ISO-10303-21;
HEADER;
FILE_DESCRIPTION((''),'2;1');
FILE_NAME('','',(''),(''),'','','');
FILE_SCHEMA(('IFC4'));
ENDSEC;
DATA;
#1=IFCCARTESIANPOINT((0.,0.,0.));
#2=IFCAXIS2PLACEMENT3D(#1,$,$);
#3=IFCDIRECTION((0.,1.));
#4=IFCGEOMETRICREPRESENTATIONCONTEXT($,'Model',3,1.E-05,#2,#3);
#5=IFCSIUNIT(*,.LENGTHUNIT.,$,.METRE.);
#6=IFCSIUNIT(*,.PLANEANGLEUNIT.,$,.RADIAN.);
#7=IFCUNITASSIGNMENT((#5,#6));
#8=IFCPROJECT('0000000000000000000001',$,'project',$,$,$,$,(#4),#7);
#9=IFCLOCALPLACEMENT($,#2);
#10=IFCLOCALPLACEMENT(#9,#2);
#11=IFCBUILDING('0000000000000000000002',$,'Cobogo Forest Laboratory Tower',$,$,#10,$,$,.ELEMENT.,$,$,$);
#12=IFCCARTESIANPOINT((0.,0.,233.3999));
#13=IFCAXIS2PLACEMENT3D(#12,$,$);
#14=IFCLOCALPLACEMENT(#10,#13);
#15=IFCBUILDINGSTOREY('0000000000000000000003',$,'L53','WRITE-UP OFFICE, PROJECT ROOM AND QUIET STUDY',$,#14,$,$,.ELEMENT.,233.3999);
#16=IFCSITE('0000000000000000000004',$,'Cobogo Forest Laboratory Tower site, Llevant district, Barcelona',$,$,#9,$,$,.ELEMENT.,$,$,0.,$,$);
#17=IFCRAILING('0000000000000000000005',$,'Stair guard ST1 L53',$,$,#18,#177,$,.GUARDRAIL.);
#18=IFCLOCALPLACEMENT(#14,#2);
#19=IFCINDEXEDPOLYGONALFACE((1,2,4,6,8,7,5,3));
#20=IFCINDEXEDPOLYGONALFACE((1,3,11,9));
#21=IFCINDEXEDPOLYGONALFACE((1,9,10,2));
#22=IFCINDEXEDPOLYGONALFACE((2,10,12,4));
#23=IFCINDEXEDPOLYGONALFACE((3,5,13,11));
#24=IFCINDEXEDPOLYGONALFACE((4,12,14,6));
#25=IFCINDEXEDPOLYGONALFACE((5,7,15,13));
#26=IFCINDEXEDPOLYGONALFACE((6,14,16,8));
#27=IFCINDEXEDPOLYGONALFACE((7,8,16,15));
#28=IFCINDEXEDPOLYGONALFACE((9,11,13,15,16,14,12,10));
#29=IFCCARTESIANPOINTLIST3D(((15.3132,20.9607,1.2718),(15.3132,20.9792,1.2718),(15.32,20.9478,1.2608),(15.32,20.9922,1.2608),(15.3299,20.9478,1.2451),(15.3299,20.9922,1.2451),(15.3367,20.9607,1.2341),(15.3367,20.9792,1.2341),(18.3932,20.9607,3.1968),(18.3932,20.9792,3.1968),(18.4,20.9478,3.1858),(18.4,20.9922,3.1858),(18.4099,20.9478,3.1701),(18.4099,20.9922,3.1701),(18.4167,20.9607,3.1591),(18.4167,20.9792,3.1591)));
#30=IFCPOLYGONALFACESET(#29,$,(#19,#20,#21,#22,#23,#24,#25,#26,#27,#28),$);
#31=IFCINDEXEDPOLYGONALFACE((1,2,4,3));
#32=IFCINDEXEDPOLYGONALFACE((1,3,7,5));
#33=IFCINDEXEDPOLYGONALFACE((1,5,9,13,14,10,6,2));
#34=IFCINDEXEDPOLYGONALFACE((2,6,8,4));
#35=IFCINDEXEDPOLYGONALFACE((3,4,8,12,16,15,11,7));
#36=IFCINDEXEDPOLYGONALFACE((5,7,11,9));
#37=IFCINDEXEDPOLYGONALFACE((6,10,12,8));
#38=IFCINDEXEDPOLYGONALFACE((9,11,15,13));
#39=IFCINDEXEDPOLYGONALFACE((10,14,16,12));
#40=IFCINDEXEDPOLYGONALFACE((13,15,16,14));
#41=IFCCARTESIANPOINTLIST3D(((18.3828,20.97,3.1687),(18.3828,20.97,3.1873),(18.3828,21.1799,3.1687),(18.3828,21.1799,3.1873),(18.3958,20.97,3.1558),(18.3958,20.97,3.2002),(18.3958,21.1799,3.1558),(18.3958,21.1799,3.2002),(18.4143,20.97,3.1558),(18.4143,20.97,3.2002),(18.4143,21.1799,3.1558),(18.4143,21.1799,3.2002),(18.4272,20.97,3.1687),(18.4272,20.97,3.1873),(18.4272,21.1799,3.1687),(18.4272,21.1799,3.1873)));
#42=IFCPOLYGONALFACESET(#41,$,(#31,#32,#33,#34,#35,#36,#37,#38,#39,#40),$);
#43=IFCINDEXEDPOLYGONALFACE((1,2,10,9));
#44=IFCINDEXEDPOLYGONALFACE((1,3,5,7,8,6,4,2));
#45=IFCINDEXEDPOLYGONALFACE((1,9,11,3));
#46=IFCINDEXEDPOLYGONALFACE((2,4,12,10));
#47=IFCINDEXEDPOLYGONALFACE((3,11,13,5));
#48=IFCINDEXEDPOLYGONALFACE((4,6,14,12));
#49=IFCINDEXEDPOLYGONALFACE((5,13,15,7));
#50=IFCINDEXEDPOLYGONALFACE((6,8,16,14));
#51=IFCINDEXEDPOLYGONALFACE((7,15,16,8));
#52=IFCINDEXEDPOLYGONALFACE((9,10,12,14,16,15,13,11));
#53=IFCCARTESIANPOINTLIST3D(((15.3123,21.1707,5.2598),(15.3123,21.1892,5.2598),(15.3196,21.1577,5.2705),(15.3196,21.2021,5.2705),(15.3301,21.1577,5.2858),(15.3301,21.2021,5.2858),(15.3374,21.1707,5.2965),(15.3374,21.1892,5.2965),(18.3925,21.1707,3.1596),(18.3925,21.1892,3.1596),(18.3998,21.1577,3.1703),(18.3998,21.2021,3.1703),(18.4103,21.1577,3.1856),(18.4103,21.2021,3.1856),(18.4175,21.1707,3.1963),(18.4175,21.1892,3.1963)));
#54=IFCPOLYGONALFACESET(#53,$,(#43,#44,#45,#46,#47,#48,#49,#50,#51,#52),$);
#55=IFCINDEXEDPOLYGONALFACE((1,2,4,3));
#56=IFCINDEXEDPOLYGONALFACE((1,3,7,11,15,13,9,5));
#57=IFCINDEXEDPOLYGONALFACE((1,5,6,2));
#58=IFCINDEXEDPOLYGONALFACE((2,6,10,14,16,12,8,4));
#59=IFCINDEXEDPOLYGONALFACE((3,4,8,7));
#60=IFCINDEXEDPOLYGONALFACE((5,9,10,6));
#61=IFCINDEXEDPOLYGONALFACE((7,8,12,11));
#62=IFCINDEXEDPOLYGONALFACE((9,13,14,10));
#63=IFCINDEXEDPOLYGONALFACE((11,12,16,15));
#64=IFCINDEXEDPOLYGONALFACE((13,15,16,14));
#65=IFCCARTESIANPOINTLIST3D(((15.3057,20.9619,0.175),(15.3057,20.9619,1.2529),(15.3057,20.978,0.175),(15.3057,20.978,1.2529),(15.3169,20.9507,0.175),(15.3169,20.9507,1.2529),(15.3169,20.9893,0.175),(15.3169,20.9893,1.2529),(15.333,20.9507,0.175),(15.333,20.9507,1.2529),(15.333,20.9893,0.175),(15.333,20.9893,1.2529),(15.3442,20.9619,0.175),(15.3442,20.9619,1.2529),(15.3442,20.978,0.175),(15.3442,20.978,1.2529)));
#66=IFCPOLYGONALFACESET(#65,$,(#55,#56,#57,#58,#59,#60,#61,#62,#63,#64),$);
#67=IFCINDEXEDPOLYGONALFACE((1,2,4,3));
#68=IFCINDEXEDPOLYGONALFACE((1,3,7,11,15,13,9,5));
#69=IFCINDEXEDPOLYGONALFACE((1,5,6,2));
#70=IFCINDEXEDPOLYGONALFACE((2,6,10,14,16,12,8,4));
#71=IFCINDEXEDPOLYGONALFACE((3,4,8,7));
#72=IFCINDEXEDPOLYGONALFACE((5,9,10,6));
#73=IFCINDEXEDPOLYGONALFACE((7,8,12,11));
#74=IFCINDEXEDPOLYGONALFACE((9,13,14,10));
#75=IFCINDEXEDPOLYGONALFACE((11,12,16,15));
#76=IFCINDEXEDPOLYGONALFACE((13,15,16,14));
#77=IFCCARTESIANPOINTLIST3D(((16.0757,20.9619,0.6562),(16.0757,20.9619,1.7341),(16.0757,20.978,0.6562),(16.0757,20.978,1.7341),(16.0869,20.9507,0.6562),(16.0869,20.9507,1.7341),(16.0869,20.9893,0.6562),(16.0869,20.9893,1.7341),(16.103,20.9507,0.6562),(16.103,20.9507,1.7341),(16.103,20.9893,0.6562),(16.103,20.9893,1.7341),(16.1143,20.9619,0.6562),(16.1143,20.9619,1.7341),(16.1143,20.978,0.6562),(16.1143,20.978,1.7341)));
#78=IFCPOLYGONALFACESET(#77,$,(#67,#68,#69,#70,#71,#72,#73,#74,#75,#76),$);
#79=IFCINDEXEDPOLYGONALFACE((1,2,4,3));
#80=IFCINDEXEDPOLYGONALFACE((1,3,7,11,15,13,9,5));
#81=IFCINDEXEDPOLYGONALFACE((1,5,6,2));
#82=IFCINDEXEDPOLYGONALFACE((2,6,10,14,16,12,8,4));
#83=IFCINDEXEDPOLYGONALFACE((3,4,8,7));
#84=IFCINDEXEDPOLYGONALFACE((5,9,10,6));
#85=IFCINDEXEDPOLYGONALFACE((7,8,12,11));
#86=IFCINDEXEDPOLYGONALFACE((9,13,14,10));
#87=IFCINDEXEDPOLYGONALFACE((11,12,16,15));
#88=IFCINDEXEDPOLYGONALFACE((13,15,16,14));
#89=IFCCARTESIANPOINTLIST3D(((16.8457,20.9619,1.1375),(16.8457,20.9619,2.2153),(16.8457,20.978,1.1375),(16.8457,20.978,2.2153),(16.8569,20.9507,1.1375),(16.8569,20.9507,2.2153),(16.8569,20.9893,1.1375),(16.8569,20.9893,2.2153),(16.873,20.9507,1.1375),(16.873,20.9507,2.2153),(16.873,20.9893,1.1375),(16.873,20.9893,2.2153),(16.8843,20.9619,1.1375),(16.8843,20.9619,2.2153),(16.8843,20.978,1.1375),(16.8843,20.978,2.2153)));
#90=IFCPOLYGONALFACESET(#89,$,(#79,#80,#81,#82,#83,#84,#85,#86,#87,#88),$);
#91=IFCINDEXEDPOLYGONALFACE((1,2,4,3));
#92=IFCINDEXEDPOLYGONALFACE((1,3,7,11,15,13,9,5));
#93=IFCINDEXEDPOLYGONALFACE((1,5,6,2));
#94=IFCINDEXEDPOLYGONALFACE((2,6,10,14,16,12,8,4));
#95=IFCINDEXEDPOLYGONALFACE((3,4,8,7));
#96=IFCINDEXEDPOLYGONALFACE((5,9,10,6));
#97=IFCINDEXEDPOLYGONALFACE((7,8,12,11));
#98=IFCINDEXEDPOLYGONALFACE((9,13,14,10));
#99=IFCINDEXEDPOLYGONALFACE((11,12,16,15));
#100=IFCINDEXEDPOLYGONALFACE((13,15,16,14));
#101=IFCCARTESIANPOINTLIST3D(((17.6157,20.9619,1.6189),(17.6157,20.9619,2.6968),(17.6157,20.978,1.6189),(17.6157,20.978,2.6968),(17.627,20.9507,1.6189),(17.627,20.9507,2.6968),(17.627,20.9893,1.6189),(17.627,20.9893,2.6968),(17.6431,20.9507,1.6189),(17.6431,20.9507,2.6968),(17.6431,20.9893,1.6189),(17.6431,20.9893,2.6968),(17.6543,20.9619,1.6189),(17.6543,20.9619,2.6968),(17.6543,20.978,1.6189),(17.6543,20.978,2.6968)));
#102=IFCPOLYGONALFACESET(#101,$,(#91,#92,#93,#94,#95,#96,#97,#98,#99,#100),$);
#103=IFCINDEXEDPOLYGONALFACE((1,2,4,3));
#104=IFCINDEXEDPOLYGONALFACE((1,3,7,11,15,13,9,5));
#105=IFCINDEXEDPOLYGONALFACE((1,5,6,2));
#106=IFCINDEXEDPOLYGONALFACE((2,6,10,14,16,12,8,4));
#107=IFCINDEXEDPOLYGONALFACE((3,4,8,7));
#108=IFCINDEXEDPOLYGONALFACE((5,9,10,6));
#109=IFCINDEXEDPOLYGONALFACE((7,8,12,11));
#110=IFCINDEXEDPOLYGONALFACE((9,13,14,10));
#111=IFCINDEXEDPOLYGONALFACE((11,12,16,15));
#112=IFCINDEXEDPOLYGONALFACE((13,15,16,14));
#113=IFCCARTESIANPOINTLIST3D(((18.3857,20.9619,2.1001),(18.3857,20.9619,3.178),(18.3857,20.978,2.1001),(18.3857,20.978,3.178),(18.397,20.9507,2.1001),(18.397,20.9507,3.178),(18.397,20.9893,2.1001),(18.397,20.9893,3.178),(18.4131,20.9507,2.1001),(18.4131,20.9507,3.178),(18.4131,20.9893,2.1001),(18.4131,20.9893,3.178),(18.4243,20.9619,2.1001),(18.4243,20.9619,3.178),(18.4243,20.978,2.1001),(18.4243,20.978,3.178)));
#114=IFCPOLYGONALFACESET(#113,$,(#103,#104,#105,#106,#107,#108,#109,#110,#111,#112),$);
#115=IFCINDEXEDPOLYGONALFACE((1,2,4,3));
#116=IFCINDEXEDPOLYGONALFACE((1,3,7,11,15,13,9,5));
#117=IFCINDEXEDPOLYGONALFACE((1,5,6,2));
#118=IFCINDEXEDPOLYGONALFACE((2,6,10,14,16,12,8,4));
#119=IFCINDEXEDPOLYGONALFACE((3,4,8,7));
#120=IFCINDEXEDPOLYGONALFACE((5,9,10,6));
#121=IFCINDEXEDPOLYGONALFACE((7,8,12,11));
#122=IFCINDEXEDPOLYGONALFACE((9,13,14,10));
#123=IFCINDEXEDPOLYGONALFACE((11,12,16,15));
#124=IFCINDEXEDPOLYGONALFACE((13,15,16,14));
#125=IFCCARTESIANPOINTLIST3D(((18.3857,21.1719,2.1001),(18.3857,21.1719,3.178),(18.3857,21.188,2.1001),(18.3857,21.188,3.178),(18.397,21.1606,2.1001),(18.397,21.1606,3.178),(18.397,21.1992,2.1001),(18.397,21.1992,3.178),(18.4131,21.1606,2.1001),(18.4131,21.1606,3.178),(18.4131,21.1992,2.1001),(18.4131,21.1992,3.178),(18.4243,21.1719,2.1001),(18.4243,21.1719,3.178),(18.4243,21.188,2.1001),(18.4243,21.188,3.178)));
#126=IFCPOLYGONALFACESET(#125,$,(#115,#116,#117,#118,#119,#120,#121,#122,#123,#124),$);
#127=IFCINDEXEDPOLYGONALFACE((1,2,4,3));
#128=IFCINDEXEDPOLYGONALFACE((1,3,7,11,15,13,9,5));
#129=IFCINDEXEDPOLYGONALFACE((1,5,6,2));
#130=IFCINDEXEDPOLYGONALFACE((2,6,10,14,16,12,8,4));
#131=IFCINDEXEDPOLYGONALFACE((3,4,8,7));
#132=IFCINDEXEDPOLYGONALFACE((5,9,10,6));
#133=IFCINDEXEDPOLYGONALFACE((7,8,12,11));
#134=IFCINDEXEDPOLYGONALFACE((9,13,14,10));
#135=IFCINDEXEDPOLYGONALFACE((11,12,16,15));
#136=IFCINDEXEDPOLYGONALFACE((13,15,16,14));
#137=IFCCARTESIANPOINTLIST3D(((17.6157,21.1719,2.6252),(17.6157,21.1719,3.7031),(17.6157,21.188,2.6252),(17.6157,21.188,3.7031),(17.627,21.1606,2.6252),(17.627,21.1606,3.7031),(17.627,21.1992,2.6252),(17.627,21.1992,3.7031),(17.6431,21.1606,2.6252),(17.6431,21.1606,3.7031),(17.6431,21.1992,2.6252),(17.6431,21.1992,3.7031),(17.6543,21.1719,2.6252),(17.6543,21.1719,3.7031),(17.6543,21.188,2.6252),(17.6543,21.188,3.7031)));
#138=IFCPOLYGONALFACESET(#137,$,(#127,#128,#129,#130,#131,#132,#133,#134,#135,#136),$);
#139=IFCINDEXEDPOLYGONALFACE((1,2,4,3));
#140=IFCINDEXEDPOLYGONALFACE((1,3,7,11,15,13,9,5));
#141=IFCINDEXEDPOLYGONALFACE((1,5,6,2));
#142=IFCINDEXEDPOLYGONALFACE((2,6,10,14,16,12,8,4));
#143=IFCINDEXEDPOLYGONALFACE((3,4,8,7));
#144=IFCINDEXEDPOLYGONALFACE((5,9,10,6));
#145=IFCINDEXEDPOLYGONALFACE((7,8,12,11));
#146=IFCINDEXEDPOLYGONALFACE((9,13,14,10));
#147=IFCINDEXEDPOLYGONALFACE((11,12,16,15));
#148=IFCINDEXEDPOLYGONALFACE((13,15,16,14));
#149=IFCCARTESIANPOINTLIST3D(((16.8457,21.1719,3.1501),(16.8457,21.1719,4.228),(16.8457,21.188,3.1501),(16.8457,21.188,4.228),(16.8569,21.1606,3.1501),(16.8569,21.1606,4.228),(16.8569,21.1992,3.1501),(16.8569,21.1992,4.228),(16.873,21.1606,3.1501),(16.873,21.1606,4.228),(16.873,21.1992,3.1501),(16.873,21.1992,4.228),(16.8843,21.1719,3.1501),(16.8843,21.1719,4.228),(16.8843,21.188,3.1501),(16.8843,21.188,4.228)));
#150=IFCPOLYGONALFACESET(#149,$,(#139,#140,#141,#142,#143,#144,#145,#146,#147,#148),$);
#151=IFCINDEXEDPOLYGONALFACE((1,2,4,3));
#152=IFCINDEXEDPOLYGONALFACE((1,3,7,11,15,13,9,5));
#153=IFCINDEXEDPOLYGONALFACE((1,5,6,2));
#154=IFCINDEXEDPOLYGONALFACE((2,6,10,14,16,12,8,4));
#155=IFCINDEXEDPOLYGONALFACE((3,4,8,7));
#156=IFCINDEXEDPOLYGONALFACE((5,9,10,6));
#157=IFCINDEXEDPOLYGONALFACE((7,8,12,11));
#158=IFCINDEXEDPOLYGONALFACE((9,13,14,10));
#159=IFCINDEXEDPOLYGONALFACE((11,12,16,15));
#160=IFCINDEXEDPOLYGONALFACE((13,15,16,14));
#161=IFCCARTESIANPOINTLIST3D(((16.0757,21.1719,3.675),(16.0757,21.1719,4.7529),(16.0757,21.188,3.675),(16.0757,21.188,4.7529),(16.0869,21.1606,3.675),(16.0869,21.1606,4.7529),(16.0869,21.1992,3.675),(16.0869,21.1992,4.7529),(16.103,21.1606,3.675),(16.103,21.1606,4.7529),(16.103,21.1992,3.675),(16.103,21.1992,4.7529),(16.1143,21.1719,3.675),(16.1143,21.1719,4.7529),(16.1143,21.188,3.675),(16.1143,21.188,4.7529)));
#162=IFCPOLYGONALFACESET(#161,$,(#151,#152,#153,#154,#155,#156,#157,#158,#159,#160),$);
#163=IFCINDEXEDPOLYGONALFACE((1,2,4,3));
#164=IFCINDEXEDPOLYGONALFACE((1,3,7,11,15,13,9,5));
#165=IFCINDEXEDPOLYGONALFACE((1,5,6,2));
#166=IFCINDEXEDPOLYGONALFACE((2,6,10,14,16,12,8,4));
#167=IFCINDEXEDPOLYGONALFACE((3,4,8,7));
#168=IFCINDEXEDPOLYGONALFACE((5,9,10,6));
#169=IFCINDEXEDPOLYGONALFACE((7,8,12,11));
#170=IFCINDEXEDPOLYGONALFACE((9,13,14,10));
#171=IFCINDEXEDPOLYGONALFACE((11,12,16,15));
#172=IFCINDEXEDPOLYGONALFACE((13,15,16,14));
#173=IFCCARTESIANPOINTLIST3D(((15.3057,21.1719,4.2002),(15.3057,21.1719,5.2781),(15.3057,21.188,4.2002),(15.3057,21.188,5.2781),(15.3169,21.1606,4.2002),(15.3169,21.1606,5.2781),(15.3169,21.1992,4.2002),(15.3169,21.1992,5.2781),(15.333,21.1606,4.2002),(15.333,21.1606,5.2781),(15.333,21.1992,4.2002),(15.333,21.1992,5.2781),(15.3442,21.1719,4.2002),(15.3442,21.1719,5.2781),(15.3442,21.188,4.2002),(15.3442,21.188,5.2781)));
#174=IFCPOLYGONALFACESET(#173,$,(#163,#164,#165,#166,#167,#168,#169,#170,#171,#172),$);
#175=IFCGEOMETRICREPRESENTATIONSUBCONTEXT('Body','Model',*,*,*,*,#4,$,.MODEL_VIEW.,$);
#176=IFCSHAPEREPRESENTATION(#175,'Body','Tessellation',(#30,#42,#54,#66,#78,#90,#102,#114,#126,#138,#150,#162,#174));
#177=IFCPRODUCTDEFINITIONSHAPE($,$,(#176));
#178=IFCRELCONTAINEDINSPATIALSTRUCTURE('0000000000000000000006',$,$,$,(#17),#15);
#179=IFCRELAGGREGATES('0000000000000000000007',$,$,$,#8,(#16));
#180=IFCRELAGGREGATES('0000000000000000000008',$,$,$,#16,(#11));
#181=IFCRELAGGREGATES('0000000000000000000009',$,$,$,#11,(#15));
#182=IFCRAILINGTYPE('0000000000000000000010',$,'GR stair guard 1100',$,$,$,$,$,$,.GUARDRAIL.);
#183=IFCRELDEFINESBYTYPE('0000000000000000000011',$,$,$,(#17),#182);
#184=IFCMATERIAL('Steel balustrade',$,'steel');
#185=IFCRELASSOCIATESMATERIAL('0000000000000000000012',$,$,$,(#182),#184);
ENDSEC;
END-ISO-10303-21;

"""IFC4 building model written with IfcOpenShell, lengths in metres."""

from ifc_helpers import new_model, si_unit, direction, frame, origin, place, context, subcontext, project, spatial, polyline, outline, extrude, material, type_object, element, save


model = new_model("IFC4")

# Units and contexts
model_context = context("Model", 3, precision=1e-05, world=origin(), true_north=direction((0.0, 1.0)))
body_context = subcontext(model_context, "Body", "Model", "MODEL_VIEW")
ifc_project = project(units=[si_unit("LENGTHUNIT", "METRE"), si_unit("PLANEANGLEUNIT", "RADIAN")], contexts=[model_context])

# Site, building, storey
site_placement = place(None, origin())
site = spatial("IfcSite", under=ifc_project, at=site_placement, Name="Cobogo Forest Laboratory Tower site, Llevant district, Barcelona", CompositionType="ELEMENT", RefElevation=0.0)
building_placement = place(site_placement, origin())
building = spatial("IfcBuilding", under=site, at=building_placement, Name="Cobogo Forest Laboratory Tower", CompositionType="ELEMENT")
storey_placement = place(building_placement, frame((0.0, 0.0, 233.3999)))
storey = spatial("IfcBuildingStorey", under=building, at=storey_placement, Name="L53", Description="WRITE-UP OFFICE, PROJECT ROOM AND QUIET STUDY", CompositionType="ELEMENT", Elevation=233.3999)

# Railing
ifc_material_1 = material(Name="Steel balustrade", Category="steel")
railing_type_1 = type_object("IfcRailingType", Name="GR stair guard 1100", PredefinedType="GUARDRAIL", material=ifc_material_1)
railing_1_placement = place(storey_placement, frame((15.325, 20.97, 0.175)))
element("IfcRailing", 1, at=railing_1_placement, inside=storey, type_object=railing_type_1, Name="Stair guard ST1 L53", PredefinedType="GUARDRAIL", context=body_context, shape_type="SweptSolid", body=[
    extrude(outline(polyline([(0.0222, 0.0093), (0.0093, 0.0222), (-0.0093, 0.0222), (-0.0222, 0.0093), (-0.0222, -0.0093), (-0.0093, -0.0222), (0.0093, -0.0222), (0.0222, -0.0093), (0.0222, 0.0093)])), frame((0.0, 0.0, 1.0779), z_axis=(0.847998, 0.0, 0.529999), x_axis=(0.0, 1.0, 0.0)), (0.0, 0.0, 1.0), 3.6321),
    extrude(outline(polyline([(0.0222, 0.0093), (0.0093, 0.0222), (-0.0093, 0.0222), (-0.0222, 0.0093), (-0.0222, -0.0093), (-0.0093, -0.0222), (0.0093, -0.0222), (0.0222, -0.0093), (0.0222, 0.0093)])), frame((3.0801, 0.0, 3.0029), z_axis=(0.0, 1.0, 0.0), x_axis=(-1.0, 0.0, 0.0)), (0.0, 0.0, 1.0), 0.21),
    extrude(outline(polyline([(0.0222, 0.0093), (0.0093, 0.0222), (-0.0093, 0.0222), (-0.0222, 0.0093), (-0.0222, -0.0093), (-0.0093, -0.0222), (0.0093, -0.0222), (0.0222, -0.0093), (0.0222, 0.0093)])), frame((3.0801, 0.21, 3.0029), z_axis=(-0.826222, 0.0, 0.563345), x_axis=(0.0, -1.0, 0.0)), (0.0, 0.0, 1.0), 3.728),
    extrude(outline(polyline([(0.0193, 0.0081), (0.0081, 0.0193), (-0.0081, 0.0193), (-0.0193, 0.0081), (-0.0193, -0.0081), (-0.0081, -0.0193), (0.0081, -0.0193), (0.0193, -0.0081), (0.0193, 0.0081)])), origin(), (0.0, 0.0, 1.0), 1.0779),
    extrude(outline(polyline([(0.0193, 0.0081), (0.0081, 0.0193), (-0.0081, 0.0193), (-0.0193, 0.0081), (-0.0193, -0.0081), (-0.0081, -0.0193), (0.0081, -0.0193), (0.0193, -0.0081), (0.0193, 0.0081)])), frame((0.77, 0.0, 0.4812)), (0.0, 0.0, 1.0), 1.0779),
    extrude(outline(polyline([(0.0193, 0.0081), (0.0081, 0.0193), (-0.0081, 0.0193), (-0.0193, 0.0081), (-0.0193, -0.0081), (-0.0081, -0.0193), (0.0081, -0.0193), (0.0193, -0.0081), (0.0193, 0.0081)])), frame((1.54, 0.0, 0.9624)), (0.0, 0.0, 1.0), 1.0779),
    extrude(outline(polyline([(0.0193, 0.0081), (0.0081, 0.0193), (-0.0081, 0.0193), (-0.0193, 0.0081), (-0.0193, -0.0081), (-0.0081, -0.0193), (0.0081, -0.0193), (0.0193, -0.0081), (0.0193, 0.0081)])), frame((2.3101, 0.0, 1.4438)), (0.0, 0.0, 1.0), 1.0779),
    extrude(outline(polyline([(0.0193, 0.0081), (0.0081, 0.0193), (-0.0081, 0.0193), (-0.0193, 0.0081), (-0.0193, -0.0081), (-0.0081, -0.0193), (0.0081, -0.0193), (0.0193, -0.0081), (0.0193, 0.0081)])), frame((3.0801, 0.0, 1.925)), (0.0, 0.0, 1.0), 1.0779),
    extrude(outline(polyline([(0.0193, 0.0081), (0.0081, 0.0193), (-0.0081, 0.0193), (-0.0193, 0.0081), (-0.0193, -0.0081), (-0.0081, -0.0193), (0.0081, -0.0193), (0.0193, -0.0081), (0.0193, 0.0081)])), frame((3.0801, 0.21, 1.925)), (0.0, 0.0, 1.0), 1.0779),
    extrude(outline(polyline([(0.0193, 0.0081), (0.0081, 0.0193), (-0.0081, 0.0193), (-0.0193, 0.0081), (-0.0193, -0.0081), (-0.0081, -0.0193), (0.0081, -0.0193), (0.0193, -0.0081), (0.0193, 0.0081)])), frame((2.3101, 0.21, 2.4502)), (0.0, 0.0, 1.0), 1.0779),
    extrude(outline(polyline([(0.0193, 0.0081), (0.0081, 0.0193), (-0.0081, 0.0193), (-0.0193, 0.0081), (-0.0193, -0.0081), (-0.0081, -0.0193), (0.0081, -0.0193), (0.0193, -0.0081), (0.0193, 0.0081)])), frame((1.54, 0.21, 2.9751)), (0.0, 0.0, 1.0), 1.0779),
    extrude(outline(polyline([(0.0193, 0.0081), (0.0081, 0.0193), (-0.0081, 0.0193), (-0.0193, 0.0081), (-0.0193, -0.0081), (-0.0081, -0.0193), (0.0081, -0.0193), (0.0193, -0.0081), (0.0193, 0.0081)])), frame((0.77, 0.21, 3.5)), (0.0, 0.0, 1.0), 1.0779),
    extrude(outline(polyline([(0.0193, 0.0081), (0.0081, 0.0193), (-0.0081, 0.0193), (-0.0193, 0.0081), (-0.0193, -0.0081), (-0.0081, -0.0193), (0.0081, -0.0193), (0.0193, -0.0081), (0.0193, 0.0081)])), frame((0.0, 0.21, 4.0251)), (0.0, 0.0, 1.0), 1.0779),
])

save(model, "model.ifc")
